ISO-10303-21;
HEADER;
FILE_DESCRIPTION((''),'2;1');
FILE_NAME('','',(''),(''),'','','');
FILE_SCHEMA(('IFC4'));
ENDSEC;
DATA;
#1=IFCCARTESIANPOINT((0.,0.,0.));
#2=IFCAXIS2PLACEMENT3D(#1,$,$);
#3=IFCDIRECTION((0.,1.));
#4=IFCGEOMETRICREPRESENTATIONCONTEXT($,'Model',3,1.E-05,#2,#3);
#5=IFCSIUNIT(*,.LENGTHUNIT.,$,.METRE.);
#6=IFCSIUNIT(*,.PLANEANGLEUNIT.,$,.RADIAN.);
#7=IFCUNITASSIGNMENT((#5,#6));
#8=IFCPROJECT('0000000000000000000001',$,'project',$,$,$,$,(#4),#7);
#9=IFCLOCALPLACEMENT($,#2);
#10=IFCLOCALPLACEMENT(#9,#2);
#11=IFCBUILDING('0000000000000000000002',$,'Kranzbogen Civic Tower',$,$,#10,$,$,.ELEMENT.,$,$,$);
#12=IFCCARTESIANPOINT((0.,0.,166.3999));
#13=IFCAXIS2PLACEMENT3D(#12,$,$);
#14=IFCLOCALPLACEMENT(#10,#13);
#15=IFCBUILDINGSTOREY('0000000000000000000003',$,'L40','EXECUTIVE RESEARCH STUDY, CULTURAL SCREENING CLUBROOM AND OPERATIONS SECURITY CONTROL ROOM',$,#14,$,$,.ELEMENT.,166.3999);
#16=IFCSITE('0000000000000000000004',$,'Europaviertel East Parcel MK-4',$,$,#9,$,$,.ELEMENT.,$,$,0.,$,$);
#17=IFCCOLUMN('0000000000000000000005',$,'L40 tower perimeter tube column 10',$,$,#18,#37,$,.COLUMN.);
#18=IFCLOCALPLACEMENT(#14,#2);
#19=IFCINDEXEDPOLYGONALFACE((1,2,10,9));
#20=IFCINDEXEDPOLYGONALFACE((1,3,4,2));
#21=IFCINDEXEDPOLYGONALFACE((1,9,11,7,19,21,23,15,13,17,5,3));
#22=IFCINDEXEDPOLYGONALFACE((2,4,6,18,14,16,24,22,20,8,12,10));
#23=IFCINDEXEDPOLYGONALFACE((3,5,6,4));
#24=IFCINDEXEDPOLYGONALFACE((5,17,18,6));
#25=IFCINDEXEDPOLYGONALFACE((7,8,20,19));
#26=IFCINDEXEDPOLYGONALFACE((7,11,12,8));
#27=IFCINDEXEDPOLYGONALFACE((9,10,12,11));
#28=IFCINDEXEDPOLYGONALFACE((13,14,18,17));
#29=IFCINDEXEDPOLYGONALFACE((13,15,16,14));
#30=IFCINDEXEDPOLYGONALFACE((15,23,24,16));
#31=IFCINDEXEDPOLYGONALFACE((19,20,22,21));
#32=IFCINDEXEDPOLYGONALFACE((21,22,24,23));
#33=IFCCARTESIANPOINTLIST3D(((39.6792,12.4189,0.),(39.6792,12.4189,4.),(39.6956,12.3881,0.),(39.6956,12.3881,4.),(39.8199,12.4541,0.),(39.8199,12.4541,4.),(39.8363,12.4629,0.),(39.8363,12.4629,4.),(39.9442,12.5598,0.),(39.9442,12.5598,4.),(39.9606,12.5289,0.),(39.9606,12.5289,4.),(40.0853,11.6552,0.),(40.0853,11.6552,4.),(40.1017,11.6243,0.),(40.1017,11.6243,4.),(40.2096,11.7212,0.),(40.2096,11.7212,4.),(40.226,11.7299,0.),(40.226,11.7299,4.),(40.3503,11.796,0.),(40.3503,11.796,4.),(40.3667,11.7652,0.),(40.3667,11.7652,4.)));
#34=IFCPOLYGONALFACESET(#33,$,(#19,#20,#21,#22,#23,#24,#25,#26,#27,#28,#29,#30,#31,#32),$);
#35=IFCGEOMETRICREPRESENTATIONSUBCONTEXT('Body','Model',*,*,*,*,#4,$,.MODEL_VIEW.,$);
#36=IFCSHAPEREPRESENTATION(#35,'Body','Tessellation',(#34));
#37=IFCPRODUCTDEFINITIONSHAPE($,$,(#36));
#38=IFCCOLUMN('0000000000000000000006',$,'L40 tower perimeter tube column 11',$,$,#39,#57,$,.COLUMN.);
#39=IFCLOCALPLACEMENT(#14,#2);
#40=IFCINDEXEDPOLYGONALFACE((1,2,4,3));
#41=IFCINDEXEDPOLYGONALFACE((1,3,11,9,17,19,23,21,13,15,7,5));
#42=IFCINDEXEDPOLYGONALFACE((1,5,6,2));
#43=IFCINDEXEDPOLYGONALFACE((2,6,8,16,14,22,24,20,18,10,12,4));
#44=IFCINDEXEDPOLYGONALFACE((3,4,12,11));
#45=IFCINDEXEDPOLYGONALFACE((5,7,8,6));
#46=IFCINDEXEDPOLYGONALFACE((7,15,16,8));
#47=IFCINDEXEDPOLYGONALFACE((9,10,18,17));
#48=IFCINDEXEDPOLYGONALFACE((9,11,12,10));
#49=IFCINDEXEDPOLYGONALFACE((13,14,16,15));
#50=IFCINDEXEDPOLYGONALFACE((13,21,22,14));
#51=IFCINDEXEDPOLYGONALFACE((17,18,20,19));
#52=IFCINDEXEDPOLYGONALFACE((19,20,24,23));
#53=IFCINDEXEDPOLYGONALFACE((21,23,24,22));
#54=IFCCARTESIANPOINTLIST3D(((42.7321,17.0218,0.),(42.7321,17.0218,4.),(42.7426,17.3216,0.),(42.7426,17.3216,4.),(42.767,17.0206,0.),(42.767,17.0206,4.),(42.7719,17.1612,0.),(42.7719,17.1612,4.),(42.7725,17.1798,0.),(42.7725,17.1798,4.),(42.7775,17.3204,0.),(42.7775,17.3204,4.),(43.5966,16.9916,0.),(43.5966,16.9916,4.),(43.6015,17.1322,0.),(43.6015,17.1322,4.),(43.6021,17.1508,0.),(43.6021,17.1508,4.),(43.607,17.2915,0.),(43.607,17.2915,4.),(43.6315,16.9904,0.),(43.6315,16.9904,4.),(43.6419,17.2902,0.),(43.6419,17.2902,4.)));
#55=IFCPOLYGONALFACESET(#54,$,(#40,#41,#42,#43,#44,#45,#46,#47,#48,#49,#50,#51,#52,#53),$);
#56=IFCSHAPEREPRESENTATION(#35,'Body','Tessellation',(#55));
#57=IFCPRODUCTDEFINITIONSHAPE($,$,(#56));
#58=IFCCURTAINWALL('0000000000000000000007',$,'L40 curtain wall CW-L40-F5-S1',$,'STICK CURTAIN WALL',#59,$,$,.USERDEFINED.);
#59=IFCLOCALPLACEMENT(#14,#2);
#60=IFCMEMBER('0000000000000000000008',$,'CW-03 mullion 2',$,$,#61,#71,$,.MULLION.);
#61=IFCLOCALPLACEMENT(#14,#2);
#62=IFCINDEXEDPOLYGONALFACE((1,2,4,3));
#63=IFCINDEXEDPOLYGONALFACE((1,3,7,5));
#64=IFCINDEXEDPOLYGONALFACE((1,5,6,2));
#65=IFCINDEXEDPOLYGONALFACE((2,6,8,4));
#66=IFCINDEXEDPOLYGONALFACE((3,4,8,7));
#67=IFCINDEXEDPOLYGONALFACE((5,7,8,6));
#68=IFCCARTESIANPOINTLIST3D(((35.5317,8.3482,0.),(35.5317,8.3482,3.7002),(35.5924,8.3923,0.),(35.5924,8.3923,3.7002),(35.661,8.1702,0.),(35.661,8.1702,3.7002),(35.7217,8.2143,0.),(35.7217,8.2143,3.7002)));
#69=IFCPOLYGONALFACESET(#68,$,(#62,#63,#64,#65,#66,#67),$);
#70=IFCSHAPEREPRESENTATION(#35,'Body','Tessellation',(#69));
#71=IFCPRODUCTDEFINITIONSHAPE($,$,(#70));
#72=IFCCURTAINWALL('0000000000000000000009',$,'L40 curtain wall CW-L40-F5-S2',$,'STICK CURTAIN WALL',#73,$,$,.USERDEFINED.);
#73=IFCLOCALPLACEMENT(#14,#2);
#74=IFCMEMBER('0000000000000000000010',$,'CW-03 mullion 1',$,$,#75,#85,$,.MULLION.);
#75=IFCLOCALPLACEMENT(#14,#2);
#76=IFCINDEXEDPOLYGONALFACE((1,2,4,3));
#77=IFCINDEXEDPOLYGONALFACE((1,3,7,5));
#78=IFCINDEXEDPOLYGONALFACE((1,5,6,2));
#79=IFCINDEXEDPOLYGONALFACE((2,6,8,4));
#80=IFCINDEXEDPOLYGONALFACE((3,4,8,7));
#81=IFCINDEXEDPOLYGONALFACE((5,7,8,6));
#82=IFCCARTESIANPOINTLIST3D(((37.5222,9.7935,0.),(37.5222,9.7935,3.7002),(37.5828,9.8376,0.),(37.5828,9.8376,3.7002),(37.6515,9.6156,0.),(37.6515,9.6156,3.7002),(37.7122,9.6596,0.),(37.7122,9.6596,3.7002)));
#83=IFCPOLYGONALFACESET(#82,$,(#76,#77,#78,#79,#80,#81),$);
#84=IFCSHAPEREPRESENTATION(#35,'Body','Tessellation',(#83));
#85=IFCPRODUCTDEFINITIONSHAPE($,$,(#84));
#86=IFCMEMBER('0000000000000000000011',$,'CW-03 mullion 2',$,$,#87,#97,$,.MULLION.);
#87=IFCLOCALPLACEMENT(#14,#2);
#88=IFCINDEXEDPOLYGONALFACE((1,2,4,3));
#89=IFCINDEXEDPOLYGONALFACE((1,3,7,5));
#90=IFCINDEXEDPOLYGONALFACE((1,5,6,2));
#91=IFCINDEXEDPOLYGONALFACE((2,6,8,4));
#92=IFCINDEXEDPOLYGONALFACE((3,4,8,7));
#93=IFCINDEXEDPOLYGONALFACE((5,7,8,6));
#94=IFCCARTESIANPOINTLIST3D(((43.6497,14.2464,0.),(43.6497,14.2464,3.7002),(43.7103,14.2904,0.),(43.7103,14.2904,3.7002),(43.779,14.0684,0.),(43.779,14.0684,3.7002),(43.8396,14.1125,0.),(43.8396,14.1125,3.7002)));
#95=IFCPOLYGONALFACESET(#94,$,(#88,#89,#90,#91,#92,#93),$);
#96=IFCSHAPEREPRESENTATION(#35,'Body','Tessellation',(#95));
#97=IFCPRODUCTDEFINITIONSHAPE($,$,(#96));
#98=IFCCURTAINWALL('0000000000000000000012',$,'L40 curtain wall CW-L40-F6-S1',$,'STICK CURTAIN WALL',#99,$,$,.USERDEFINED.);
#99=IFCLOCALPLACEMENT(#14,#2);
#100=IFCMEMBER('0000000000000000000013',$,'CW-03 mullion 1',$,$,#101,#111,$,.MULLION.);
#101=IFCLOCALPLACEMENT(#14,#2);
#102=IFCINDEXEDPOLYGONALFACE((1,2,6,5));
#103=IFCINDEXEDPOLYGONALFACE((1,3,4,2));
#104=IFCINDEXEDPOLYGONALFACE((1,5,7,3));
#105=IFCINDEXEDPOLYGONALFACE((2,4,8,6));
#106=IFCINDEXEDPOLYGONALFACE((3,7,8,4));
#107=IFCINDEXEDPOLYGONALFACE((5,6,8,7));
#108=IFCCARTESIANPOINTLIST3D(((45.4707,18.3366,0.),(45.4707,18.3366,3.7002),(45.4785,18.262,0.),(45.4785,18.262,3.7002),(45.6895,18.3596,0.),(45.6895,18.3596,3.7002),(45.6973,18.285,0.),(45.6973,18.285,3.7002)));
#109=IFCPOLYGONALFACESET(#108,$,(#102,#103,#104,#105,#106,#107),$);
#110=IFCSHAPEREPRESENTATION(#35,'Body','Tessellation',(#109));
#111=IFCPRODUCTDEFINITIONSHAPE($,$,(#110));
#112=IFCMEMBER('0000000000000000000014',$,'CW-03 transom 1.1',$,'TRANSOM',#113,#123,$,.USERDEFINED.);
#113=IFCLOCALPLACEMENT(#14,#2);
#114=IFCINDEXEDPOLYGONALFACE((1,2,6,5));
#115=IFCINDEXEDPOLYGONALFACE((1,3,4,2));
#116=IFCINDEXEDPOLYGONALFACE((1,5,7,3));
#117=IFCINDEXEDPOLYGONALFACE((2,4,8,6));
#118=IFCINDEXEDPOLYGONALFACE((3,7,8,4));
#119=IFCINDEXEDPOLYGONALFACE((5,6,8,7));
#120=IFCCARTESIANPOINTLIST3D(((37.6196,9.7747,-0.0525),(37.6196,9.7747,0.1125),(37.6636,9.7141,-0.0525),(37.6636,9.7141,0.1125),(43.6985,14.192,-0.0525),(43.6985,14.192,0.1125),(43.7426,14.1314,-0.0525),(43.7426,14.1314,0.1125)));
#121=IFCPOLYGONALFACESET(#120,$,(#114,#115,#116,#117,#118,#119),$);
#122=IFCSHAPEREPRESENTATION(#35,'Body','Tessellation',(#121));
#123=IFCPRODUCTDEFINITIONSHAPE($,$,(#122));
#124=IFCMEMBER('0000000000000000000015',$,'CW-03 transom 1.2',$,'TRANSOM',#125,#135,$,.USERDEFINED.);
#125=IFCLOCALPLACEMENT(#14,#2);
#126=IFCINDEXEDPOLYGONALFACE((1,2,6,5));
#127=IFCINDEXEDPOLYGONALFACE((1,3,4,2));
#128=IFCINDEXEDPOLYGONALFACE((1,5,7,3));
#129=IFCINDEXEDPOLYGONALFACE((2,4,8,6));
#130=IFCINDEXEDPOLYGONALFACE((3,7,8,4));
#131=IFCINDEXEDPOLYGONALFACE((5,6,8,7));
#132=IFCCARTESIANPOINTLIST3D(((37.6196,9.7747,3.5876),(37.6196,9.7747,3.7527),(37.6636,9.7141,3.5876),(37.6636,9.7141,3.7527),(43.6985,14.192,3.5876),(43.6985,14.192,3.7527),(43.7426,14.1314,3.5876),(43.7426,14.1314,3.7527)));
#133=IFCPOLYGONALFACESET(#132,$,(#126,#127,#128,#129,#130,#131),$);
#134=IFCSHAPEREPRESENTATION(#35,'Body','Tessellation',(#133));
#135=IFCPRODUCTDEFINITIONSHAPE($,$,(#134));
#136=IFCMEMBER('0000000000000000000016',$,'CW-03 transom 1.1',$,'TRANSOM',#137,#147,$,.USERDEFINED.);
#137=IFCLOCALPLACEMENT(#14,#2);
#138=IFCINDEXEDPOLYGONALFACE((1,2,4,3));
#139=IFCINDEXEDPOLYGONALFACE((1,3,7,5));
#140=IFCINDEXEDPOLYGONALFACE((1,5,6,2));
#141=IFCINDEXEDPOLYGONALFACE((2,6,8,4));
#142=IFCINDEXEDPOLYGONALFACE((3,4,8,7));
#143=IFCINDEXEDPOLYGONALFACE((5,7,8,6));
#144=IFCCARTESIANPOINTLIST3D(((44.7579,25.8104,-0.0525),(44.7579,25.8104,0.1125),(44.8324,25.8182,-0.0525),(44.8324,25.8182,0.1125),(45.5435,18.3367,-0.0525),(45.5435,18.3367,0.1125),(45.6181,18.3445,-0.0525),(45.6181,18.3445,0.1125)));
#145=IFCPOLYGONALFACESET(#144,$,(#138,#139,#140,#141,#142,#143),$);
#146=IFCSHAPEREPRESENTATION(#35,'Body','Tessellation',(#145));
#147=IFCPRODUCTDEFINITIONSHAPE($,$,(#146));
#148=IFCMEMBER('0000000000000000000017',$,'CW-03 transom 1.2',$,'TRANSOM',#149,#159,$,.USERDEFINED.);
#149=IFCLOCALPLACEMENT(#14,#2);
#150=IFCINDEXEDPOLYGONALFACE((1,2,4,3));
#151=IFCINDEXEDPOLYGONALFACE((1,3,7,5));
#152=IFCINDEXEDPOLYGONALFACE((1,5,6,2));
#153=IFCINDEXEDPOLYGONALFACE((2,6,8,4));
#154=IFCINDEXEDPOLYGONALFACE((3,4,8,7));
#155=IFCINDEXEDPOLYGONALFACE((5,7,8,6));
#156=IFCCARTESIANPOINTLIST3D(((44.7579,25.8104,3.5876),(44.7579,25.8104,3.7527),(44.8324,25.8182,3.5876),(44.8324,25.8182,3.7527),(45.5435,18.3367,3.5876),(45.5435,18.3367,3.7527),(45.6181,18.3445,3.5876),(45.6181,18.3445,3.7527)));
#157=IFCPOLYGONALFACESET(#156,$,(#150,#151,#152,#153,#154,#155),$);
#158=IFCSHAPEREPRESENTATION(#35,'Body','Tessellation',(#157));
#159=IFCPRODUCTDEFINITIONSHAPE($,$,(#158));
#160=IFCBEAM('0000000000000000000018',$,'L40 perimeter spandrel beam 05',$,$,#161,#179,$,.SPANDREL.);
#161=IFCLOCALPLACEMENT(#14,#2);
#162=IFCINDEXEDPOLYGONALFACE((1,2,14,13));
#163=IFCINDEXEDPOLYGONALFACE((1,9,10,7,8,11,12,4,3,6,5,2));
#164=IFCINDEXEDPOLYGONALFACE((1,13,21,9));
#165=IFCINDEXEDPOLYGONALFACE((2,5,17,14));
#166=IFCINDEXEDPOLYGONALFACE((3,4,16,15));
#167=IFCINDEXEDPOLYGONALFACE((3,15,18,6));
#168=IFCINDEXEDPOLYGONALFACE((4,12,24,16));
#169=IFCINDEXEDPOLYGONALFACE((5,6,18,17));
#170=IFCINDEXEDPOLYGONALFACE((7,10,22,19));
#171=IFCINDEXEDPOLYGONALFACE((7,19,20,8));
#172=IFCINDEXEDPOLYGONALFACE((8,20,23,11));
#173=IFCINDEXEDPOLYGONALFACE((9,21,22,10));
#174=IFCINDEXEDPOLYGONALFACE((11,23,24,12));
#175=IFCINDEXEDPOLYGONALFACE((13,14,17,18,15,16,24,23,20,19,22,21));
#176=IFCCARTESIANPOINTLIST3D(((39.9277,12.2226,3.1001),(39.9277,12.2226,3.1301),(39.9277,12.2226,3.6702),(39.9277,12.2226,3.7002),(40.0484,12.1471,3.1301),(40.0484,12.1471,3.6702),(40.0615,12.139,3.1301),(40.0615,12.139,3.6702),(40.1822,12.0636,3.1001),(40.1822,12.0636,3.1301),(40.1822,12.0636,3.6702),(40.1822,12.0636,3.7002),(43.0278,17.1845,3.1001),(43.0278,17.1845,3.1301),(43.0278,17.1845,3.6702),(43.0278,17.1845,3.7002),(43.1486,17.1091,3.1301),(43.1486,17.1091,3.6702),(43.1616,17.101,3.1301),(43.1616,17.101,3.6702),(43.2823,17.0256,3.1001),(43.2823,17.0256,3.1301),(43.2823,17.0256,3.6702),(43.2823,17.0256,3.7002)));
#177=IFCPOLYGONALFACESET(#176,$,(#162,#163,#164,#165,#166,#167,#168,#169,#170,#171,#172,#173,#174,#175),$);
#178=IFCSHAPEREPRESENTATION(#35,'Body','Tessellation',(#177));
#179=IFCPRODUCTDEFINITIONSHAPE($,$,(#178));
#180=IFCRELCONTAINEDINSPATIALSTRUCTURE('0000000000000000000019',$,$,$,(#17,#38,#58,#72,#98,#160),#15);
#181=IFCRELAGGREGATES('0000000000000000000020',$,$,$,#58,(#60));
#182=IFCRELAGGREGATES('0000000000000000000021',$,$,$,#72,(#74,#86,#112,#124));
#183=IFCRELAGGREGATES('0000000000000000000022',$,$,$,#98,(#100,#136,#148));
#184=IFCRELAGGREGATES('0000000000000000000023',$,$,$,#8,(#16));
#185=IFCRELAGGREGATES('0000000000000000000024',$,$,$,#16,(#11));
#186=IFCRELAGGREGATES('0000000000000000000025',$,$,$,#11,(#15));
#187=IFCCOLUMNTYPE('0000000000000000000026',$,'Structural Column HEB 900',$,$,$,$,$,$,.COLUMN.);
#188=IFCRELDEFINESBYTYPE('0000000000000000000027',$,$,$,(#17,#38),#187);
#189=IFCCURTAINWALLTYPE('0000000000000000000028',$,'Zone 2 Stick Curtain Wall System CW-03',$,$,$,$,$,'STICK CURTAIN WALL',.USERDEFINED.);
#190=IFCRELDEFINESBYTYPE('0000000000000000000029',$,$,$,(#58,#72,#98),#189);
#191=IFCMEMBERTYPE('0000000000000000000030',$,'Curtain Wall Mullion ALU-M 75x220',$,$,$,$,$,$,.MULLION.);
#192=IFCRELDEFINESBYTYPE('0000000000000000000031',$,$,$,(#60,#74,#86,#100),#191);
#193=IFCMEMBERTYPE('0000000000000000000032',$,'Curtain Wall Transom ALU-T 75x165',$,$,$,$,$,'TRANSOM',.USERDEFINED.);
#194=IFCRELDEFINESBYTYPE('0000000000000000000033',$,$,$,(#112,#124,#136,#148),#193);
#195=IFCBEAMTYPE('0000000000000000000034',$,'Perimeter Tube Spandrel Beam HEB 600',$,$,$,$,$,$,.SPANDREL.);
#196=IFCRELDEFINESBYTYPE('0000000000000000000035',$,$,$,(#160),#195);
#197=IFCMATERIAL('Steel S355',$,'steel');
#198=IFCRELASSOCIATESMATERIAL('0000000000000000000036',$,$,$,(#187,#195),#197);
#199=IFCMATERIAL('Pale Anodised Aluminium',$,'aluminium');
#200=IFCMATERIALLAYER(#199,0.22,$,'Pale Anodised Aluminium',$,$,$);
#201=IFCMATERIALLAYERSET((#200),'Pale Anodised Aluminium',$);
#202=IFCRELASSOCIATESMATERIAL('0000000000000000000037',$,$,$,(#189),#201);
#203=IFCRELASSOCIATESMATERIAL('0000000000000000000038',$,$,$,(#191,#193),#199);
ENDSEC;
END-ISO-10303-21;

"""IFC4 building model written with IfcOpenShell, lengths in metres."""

from ifc_helpers import new_model, si_unit, direction, frame, origin, origin_2d, place, context, subcontext, project, spatial, rectangle, i_section, extrude, material, layer, layer_set, material_profile, profile_set, type_object, element, aggregate, save


model = new_model("IFC4")

# Units and contexts
model_context = context("Model", 3, precision=1e-05, world=origin(), true_north=direction((0.0, 1.0)))
body_context = subcontext(model_context, "Body", "Model", "MODEL_VIEW")
ifc_project = project(units=[si_unit("LENGTHUNIT", "METRE"), si_unit("PLANEANGLEUNIT", "RADIAN")], contexts=[model_context])

# Site, building, storey
site_placement = place(None, origin())
site = spatial("IfcSite", under=ifc_project, at=site_placement, Name="Europaviertel East Parcel MK-4", CompositionType="ELEMENT", RefElevation=0.0)
building_placement = place(site_placement, origin())
building = spatial("IfcBuilding", under=site, at=building_placement, Name="Kranzbogen Civic Tower", CompositionType="ELEMENT")
storey_placement = place(building_placement, frame((0.0, 0.0, 166.3999)))
storey = spatial("IfcBuildingStorey", under=building, at=storey_placement, Name="L40", Description="EXECUTIVE RESEARCH STUDY, CULTURAL SCREENING CLUBROOM AND OPERATIONS SECURITY CONTROL ROOM", CompositionType="ELEMENT", Elevation=166.3999)

# Columns
ifc_material_1 = material(Name="Steel S355", Category="steel")
ifc_material_profile_1 = material_profile(ifc_material_1, i_section(OverallWidth=0.3, OverallDepth=0.8999, WebThickness=0.0186, FlangeThickness=0.0349, at=origin_2d()), Name="HEB 900")
ifc_profile_set_1 = profile_set([ifc_material_profile_1], Name="Steel S355")
column_type = type_object("IfcColumnType", Name="Structural Column HEB 900", PredefinedType="COLUMN", material=ifc_profile_set_1)
for number, where, z_axis, x_axis, name in (
    (1, (40.0229, 12.092, 0.0), (0.0, 0.0, 1.0), (0.882948, 0.469472, 0.0), "L40 tower perimeter tube column 10"),
    (2, (43.187, 17.156, 0.0), (0.0, 0.0, 1.0), (0.034899, 0.999391, 0.0), "L40 tower perimeter tube column 11"),
):
    element("IfcColumn", number, at=place(storey_placement, frame(where, z_axis=z_axis, x_axis=x_axis)), inside=storey, type_object=column_type, Name=name, PredefinedType="COLUMN", context=body_context, shape_type="SweptSolid", body=[
        extrude(i_section(OverallWidth=0.3, OverallDepth=0.8999, WebThickness=0.0186, FlangeThickness=0.0349, at=origin_2d()), origin(), (0.0, 0.0, 1.0), 4.0),
    ])

# Curtain wall, member
ifc_material_2 = material(Name="Pale Anodised Aluminium", Category="aluminium")
ifc_layer_1 = layer(ifc_material_2, 0.22, Name="Pale Anodised Aluminium")
ifc_layer_set_1 = layer_set([ifc_layer_1], Name="Pale Anodised Aluminium")
curtain_wall_type = type_object("IfcCurtainWallType", Name="Zone 2 Stick Curtain Wall System CW-03", ElementType="STICK CURTAIN WALL", PredefinedType="USERDEFINED", material=ifc_layer_set_1)
curtain_wall_1_placement = place(storey_placement, origin())
curtain_wall_1 = element("IfcCurtainWall", 3, at=curtain_wall_1_placement, inside=storey, type_object=curtain_wall_type, Name="L40 curtain wall CW-L40-F5-S1", ObjectType="STICK CURTAIN WALL", PredefinedType="USERDEFINED")
ifc_material_profile_2 = material_profile(ifc_material_2, rectangle(XDim=0.075, YDim=0.22, at=origin_2d()), Name="ALU-M 75x220")
ifc_profile_set_2 = profile_set([ifc_material_profile_2], Name="Pale Anodised Aluminium")
member_type_1 = type_object("IfcMemberType", Name="Curtain Wall Mullion ALU-M 75x220", PredefinedType="MULLION", material=ifc_profile_set_2)
member_1_placement = place(storey_placement, frame((35.6267, 8.2812, 0.0), z_axis=(0.0, 0.0, 1.0), x_axis=(0.808963, 0.58786, 0.0)))
member_1 = element("IfcMember", 4, at=member_1_placement, type_object=member_type_1, Name="CW-03 mullion 2", PredefinedType="MULLION", context=body_context, shape_type="SweptSolid", body=[
    extrude(rectangle(XDim=0.075, YDim=0.22, at=origin_2d()), origin(), (0.0, 0.0, 1.0), 3.7002),
])
aggregate(curtain_wall_1, [member_1])

# Curtain wall, members
curtain_wall_2_placement = place(storey_placement, origin())
curtain_wall_2 = element("IfcCurtainWall", 5, at=curtain_wall_2_placement, inside=storey, type_object=curtain_wall_type, Name="L40 curtain wall CW-L40-F5-S2", ObjectType="STICK CURTAIN WALL", PredefinedType="USERDEFINED")
member_2_placement = place(storey_placement, frame((37.6172, 9.7266, 0.0), z_axis=(0.0, 0.0, 1.0), x_axis=(0.808963, 0.58786, 0.0)))
member_2 = element("IfcMember", 6, at=member_2_placement, type_object=member_type_1, Name="CW-03 mullion 1", PredefinedType="MULLION", context=body_context, shape_type="SweptSolid", body=[
    extrude(rectangle(XDim=0.075, YDim=0.22, at=origin_2d()), origin(), (0.0, 0.0, 1.0), 3.7002),
])
member_3_placement = place(storey_placement, frame((43.7446, 14.1794, 0.0), z_axis=(0.0, 0.0, 1.0), x_axis=(0.808963, 0.58786, 0.0)))
member_3 = element("IfcMember", 7, at=member_3_placement, type_object=member_type_1, Name="CW-03 mullion 2", PredefinedType="MULLION", context=body_context, shape_type="SweptSolid", body=[
    extrude(rectangle(XDim=0.075, YDim=0.22, at=origin_2d()), origin(), (0.0, 0.0, 1.0), 3.7002),
])

# Curtain wall, member
curtain_wall_3_placement = place(storey_placement, origin())
curtain_wall_3 = element("IfcCurtainWall", 8, at=curtain_wall_3_placement, inside=storey, type_object=curtain_wall_type, Name="L40 curtain wall CW-L40-F6-S1", ObjectType="STICK CURTAIN WALL", PredefinedType="USERDEFINED")
member_4_placement = place(storey_placement, frame((45.584, 18.3108, 0.0), z_axis=(0.0, 0.0, 1.0), x_axis=(-0.104521, 0.994523, 0.0)))
member_4 = element("IfcMember", 9, at=member_4_placement, type_object=member_type_1, Name="CW-03 mullion 1", PredefinedType="MULLION", context=body_context, shape_type="SweptSolid", body=[
    extrude(rectangle(XDim=0.075, YDim=0.22, at=origin_2d()), origin(), (0.0, 0.0, 1.0), 3.7002),
])

# Members
ifc_material_profile_3 = material_profile(ifc_material_2, rectangle(XDim=0.075, YDim=0.165, at=origin_2d()), Name="ALU-T 75x165")
ifc_profile_set_3 = profile_set([ifc_material_profile_3], Name="Pale Anodised Aluminium")
member_type_2 = type_object("IfcMemberType", Name="Curtain Wall Transom ALU-T 75x165", ElementType="TRANSOM", PredefinedType="USERDEFINED", material=ifc_profile_set_3)
member_5_placement = place(storey_placement, frame((37.6416, 9.7444, 0.03), z_axis=(0.808973, 0.587845, 0.0), x_axis=(-0.587845, 0.808973, 0.0)))
member_5 = element("IfcMember", 10, at=member_5_placement, type_object=member_type_2, Name="CW-03 transom 1.1", ObjectType="TRANSOM", PredefinedType="USERDEFINED", context=body_context, shape_type="SweptSolid", body=[
    extrude(rectangle(XDim=0.075, YDim=0.165, at=origin_2d()), origin(), (0.0, 0.0, 1.0), 7.5144),
])
member_6_placement = place(storey_placement, frame((37.6416, 9.7444, 3.6702), z_axis=(0.808973, 0.587845, 0.0), x_axis=(-0.587845, 0.808973, 0.0)))
member_6 = element("IfcMember", 11, at=member_6_placement, type_object=member_type_2, Name="CW-03 transom 1.2", ObjectType="TRANSOM", PredefinedType="USERDEFINED", context=body_context, shape_type="SweptSolid", body=[
    extrude(rectangle(XDim=0.075, YDim=0.165, at=origin_2d()), origin(), (0.0, 0.0, 1.0), 7.5144),
])
member_7_placement = place(storey_placement, frame((45.5808, 18.3406, 0.03), z_axis=(-0.104546, 0.99452, 0.0), x_axis=(-0.99452, -0.104546, 0.0)))
member_7 = element("IfcMember", 12, at=member_7_placement, type_object=member_type_2, Name="CW-03 transom 1.1", ObjectType="TRANSOM", PredefinedType="USERDEFINED", context=body_context, shape_type="SweptSolid", body=[
    extrude(rectangle(XDim=0.075, YDim=0.165, at=origin_2d()), origin(), (0.0, 0.0, 1.0), 7.5149),
])
member_8_placement = place(storey_placement, frame((45.5808, 18.3406, 3.6702), z_axis=(-0.104546, 0.99452, 0.0), x_axis=(-0.99452, -0.104546, 0.0)))
member_8 = element("IfcMember", 13, at=member_8_placement, type_object=member_type_2, Name="CW-03 transom 1.2", ObjectType="TRANSOM", PredefinedType="USERDEFINED", context=body_context, shape_type="SweptSolid", body=[
    extrude(rectangle(XDim=0.075, YDim=0.165, at=origin_2d()), origin(), (0.0, 0.0, 1.0), 7.5149),
])

# Beam
ifc_material_profile_4 = material_profile(ifc_material_1, i_section(OverallWidth=0.3, OverallDepth=0.6001, WebThickness=0.0154, FlangeThickness=0.03, at=origin_2d()), Name="HEB 600")
ifc_profile_set_4 = profile_set([ifc_material_profile_4], Name="Steel S355")
beam_type_1 = type_object("IfcBeamType", Name="Perimeter Tube Spandrel Beam HEB 600", PredefinedType="SPANDREL", material=ifc_profile_set_4)
beam_1_placement = place(storey_placement, frame((40.0549, 12.1431, 3.4001), z_axis=(0.529864, 0.848083, 0.0), x_axis=(-0.848083, 0.529864, 0.0)))
element("IfcBeam", 14, at=beam_1_placement, inside=storey, type_object=beam_type_1, Name="L40 perimeter spandrel beam 05", PredefinedType="SPANDREL", context=body_context, shape_type="SweptSolid", body=[
    extrude(i_section(OverallWidth=0.3, OverallDepth=0.6001, WebThickness=0.0154, FlangeThickness=0.03, at=origin_2d()), origin(), (0.0, 0.0, 1.0), 5.8508),
])

aggregate(curtain_wall_2, [member_2, member_3, member_5, member_6])
aggregate(curtain_wall_3, [member_4, member_7, member_8])

save(model, "model.ifc")
